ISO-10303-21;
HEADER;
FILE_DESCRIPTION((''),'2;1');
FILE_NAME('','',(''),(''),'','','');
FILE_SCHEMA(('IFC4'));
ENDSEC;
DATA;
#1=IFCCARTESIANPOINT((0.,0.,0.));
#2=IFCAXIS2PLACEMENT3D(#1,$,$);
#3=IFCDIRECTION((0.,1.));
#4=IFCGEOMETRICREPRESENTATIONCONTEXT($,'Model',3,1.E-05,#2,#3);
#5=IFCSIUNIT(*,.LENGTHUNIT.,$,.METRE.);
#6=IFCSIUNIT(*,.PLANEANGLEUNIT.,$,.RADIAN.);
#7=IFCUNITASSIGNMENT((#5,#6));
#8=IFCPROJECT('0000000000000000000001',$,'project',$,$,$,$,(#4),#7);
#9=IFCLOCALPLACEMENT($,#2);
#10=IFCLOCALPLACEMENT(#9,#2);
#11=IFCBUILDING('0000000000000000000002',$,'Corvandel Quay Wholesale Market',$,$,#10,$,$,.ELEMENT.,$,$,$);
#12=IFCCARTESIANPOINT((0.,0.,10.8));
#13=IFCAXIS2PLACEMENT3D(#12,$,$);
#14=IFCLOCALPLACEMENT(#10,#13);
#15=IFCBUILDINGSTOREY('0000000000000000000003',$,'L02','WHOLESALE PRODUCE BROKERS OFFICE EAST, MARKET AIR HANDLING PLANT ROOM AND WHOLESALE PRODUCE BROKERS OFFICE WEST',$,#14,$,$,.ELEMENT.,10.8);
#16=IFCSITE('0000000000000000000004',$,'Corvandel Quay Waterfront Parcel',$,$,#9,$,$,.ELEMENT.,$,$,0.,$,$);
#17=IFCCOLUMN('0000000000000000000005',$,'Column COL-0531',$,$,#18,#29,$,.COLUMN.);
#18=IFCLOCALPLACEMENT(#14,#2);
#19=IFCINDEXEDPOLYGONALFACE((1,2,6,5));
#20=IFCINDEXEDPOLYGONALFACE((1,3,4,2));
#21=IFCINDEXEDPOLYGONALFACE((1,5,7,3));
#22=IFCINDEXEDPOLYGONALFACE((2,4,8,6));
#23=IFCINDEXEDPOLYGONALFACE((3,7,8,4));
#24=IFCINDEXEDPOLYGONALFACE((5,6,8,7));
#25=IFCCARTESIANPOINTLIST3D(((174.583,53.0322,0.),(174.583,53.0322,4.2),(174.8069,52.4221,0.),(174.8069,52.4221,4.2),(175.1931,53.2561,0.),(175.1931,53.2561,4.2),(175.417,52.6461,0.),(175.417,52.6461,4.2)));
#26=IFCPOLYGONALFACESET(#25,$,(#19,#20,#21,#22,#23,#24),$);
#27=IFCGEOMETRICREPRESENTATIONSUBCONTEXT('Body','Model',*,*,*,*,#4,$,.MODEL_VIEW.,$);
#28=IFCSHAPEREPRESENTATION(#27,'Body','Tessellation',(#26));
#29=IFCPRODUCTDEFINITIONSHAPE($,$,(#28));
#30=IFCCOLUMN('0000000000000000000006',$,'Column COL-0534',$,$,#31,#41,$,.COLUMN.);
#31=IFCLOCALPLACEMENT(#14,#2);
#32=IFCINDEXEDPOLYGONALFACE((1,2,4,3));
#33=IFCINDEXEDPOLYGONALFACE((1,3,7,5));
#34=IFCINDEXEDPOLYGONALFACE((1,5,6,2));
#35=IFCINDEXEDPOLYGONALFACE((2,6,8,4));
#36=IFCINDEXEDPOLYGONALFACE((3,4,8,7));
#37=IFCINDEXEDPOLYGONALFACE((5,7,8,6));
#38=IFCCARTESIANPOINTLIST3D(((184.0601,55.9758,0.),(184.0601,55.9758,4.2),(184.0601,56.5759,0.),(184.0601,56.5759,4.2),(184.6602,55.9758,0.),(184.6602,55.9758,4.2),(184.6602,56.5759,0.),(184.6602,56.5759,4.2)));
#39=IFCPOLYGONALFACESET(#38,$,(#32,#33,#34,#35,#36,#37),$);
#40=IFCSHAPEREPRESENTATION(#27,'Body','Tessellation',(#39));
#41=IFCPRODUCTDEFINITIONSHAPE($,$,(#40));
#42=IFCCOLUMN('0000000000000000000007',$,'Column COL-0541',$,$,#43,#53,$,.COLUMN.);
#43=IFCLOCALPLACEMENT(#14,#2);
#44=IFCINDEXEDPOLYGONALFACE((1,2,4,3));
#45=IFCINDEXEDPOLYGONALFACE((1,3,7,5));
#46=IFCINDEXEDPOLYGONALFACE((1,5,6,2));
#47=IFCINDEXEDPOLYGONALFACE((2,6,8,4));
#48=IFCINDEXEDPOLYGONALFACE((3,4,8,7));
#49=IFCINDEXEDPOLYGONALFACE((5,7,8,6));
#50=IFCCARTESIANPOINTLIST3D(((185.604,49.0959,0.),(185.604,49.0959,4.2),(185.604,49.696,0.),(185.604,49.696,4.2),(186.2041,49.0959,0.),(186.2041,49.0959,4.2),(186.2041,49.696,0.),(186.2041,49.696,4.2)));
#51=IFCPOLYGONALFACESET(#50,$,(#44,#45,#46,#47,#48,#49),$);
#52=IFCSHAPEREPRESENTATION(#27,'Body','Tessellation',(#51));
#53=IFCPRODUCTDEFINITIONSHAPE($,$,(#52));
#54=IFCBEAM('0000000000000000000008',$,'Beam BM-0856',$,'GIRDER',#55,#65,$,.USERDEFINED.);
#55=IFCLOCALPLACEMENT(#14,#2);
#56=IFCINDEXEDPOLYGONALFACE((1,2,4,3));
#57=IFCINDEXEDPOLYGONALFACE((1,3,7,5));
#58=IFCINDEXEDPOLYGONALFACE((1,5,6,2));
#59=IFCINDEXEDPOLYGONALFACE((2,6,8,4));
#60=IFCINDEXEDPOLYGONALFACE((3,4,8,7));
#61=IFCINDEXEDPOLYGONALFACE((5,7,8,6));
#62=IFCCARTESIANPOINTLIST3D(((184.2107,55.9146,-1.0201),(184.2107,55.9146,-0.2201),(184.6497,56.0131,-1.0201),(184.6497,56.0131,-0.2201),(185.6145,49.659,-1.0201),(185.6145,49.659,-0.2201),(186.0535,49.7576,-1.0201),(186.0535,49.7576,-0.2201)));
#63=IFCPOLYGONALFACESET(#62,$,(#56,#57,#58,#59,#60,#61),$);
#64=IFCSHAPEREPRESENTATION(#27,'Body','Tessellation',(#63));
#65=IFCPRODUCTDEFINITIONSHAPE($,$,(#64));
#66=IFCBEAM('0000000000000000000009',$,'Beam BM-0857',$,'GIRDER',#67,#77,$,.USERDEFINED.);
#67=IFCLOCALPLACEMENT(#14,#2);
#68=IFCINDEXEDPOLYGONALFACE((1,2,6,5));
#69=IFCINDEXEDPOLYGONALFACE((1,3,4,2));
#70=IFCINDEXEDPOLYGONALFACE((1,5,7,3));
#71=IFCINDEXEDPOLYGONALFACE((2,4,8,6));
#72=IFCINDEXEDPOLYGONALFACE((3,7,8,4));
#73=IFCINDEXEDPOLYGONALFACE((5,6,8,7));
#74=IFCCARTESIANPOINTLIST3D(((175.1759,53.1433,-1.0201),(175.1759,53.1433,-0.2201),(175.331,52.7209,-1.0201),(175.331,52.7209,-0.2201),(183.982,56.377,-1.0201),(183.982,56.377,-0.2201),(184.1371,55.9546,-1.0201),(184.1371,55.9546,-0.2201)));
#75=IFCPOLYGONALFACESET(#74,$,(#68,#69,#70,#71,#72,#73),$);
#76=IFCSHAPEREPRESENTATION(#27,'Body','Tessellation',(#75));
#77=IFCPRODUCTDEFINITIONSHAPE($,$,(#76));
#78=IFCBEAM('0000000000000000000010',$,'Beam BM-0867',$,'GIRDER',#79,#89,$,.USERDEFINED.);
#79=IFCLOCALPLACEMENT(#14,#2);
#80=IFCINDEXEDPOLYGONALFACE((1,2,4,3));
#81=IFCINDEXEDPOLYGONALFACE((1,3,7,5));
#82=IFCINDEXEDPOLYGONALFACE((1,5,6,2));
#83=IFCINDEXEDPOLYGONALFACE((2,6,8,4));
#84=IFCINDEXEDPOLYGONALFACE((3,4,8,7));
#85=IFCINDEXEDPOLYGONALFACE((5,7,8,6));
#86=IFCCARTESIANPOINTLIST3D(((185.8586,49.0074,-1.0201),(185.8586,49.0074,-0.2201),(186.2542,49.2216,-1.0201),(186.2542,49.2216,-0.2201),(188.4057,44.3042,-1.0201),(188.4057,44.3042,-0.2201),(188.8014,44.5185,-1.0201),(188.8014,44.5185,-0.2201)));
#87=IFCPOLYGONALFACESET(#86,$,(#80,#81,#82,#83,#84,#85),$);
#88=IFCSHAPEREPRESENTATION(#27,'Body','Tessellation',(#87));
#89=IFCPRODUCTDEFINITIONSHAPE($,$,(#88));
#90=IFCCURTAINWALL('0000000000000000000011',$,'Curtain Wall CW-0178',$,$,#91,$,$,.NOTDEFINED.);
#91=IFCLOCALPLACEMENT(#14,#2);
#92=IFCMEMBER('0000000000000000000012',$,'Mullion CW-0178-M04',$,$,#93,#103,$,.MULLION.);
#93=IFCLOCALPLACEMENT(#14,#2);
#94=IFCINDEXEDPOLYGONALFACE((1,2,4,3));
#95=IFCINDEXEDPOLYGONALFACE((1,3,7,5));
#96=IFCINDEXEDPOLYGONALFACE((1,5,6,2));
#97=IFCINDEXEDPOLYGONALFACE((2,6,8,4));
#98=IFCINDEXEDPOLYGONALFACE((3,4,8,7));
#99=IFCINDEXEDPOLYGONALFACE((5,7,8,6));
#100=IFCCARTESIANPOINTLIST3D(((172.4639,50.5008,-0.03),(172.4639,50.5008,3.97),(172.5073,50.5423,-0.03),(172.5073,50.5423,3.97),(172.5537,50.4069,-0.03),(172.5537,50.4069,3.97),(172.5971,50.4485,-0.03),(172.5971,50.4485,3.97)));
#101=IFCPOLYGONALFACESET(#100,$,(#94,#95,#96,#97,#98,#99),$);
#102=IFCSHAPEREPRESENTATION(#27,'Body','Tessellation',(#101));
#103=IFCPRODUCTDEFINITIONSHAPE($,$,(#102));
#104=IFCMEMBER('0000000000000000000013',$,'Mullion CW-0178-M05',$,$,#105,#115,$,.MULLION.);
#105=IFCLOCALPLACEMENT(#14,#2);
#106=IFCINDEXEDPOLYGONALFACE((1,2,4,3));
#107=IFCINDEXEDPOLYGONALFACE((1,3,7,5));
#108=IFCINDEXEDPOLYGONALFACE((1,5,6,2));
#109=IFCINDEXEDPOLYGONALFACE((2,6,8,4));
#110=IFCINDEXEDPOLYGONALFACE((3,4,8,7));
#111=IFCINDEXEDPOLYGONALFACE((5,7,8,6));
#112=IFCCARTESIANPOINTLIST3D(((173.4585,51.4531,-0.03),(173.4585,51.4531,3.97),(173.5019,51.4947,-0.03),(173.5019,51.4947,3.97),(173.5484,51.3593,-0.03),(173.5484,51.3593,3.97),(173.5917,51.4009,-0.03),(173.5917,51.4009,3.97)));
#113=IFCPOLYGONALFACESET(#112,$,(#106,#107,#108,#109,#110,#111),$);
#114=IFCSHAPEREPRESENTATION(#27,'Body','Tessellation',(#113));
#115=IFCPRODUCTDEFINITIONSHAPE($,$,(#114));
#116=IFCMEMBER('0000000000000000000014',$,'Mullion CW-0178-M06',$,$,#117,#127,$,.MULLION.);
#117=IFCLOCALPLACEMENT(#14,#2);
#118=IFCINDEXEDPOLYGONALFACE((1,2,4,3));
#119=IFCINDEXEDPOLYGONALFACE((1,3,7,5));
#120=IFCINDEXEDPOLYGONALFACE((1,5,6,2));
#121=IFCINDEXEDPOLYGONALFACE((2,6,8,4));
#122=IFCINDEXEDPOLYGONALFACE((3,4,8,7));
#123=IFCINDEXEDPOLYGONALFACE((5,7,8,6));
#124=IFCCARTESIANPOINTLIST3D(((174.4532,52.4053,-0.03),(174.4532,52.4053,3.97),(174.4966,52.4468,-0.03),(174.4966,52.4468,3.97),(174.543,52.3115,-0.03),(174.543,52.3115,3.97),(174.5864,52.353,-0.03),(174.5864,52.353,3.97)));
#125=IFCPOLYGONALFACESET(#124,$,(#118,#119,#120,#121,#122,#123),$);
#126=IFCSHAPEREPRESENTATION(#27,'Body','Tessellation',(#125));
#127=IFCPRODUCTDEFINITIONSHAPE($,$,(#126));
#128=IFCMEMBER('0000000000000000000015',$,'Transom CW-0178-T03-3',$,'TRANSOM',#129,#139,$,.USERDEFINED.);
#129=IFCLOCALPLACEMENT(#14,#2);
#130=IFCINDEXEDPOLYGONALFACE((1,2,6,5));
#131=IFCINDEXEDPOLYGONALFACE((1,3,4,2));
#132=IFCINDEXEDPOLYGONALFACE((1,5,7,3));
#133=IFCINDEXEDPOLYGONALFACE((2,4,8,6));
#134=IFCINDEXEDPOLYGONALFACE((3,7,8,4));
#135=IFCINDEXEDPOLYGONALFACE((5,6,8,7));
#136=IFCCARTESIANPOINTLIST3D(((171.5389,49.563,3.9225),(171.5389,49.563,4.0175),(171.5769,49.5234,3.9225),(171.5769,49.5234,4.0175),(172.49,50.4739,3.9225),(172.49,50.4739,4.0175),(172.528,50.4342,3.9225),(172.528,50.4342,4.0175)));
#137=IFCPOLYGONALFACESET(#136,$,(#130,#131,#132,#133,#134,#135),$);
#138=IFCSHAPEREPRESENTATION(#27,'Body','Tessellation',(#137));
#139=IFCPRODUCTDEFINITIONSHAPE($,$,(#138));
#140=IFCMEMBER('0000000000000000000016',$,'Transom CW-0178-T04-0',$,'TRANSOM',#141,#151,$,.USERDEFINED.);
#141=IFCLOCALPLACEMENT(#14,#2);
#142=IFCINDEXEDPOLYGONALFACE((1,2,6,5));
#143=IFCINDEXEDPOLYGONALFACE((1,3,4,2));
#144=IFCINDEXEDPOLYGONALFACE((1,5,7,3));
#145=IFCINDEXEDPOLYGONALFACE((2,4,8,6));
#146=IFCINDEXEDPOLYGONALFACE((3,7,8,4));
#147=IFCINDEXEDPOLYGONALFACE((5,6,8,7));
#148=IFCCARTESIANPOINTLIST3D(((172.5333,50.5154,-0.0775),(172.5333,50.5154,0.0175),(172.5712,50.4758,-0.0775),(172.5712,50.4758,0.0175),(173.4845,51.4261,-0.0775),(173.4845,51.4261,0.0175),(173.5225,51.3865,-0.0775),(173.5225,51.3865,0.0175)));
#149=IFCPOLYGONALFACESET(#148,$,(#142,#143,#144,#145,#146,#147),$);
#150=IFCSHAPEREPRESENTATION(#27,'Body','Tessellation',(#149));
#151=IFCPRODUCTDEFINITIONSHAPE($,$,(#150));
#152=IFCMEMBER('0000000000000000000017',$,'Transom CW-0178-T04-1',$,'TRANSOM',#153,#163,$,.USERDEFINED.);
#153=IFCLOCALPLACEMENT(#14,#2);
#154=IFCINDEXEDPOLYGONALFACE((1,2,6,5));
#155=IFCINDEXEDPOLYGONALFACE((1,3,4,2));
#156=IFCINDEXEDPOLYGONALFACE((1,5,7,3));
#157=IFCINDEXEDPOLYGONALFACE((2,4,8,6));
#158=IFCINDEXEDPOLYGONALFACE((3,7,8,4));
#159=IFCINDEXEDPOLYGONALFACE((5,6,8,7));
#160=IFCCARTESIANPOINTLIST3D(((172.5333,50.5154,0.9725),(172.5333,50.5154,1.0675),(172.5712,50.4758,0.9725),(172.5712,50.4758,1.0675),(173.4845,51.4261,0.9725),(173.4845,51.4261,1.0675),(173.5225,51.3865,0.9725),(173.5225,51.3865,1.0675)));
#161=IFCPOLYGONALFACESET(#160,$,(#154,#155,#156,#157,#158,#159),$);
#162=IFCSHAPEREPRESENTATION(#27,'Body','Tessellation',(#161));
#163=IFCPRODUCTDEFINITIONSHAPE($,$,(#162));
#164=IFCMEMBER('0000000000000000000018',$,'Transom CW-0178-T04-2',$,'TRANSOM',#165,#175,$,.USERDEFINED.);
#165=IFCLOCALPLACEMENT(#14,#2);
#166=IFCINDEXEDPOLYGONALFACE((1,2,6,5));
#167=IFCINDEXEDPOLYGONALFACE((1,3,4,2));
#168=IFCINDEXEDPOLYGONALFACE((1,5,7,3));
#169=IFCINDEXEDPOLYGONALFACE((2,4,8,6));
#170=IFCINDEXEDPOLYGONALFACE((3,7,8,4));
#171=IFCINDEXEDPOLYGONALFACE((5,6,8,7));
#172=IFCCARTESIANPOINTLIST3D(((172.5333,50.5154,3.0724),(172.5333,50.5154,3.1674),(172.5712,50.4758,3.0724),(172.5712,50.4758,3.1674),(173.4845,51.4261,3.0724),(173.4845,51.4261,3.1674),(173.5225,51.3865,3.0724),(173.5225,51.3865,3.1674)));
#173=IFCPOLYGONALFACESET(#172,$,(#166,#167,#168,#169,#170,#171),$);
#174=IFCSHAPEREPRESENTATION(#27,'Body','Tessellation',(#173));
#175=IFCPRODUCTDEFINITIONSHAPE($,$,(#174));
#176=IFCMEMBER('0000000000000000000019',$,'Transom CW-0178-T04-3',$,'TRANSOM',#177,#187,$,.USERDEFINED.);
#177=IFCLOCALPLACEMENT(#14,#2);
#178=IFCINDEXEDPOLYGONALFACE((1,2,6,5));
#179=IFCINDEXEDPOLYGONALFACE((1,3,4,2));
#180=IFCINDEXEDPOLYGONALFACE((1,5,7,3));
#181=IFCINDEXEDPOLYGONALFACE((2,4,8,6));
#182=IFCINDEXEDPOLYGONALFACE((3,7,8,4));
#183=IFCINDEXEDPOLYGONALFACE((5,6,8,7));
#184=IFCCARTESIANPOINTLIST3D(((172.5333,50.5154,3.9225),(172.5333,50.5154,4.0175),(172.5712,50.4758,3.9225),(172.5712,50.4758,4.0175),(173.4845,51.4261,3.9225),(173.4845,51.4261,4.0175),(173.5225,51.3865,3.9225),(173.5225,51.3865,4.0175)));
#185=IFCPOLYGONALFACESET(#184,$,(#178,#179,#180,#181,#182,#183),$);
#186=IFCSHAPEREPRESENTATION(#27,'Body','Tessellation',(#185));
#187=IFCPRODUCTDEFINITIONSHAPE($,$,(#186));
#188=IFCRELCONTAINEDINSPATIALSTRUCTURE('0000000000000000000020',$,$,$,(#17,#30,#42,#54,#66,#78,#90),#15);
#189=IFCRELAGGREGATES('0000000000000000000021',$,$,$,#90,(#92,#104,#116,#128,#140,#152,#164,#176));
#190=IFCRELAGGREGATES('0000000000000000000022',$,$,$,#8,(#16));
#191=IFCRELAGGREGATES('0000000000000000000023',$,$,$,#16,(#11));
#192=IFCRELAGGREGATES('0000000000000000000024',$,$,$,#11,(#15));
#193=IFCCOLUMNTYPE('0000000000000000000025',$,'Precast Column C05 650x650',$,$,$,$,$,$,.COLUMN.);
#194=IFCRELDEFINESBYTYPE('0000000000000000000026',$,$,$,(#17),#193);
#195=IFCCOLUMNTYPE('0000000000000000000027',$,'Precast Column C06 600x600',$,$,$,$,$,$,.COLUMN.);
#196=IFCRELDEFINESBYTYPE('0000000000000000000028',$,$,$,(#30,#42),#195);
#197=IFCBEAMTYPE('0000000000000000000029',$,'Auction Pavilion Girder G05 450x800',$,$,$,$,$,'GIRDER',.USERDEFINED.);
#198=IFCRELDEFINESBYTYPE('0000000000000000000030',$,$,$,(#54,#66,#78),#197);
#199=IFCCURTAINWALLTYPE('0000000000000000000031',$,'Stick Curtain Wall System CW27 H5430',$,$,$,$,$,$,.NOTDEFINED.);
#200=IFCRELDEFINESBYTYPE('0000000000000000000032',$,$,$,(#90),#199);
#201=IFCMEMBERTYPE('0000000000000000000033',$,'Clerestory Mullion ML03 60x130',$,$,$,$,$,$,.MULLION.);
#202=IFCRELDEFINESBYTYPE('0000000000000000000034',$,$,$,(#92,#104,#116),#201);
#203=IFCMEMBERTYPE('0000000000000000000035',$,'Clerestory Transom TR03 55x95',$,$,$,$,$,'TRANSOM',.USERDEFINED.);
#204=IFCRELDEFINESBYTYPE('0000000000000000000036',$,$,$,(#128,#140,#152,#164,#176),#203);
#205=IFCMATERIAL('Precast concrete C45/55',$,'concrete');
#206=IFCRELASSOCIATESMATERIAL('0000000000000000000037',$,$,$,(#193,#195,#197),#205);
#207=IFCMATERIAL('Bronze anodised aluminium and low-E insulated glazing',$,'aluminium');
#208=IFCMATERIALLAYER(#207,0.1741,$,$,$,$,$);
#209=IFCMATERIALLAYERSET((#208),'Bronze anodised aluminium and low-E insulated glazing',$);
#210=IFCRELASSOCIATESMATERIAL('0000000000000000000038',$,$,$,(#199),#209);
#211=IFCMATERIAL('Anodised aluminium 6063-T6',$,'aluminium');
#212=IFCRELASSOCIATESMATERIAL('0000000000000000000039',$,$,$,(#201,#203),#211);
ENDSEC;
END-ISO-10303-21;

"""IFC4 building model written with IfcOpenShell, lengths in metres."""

from ifc_helpers import new_model, si_unit, direction, frame, origin, origin_2d, place, context, subcontext, project, spatial, rectangle, extrude, material, layer, layer_set, material_profile, profile_set, type_object, element, aggregate, save


model = new_model("IFC4")

# Units and contexts
model_context = context("Model", 3, precision=1e-05, world=origin(), true_north=direction((0.0, 1.0)))
body_context = subcontext(model_context, "Body", "Model", "MODEL_VIEW")
ifc_project = project(units=[si_unit("LENGTHUNIT", "METRE"), si_unit("PLANEANGLEUNIT", "RADIAN")], contexts=[model_context])

# Site, building, storey
site_placement = place(None, origin())
site = spatial("IfcSite", under=ifc_project, at=site_placement, Name="Corvandel Quay Waterfront Parcel", CompositionType="ELEMENT", RefElevation=0.0)
building_placement = place(site_placement, origin())
building = spatial("IfcBuilding", under=site, at=building_placement, Name="Corvandel Quay Wholesale Market", CompositionType="ELEMENT")
storey_placement = place(building_placement, frame((0.0, 0.0, 10.8)))
storey = spatial("IfcBuildingStorey", under=building, at=storey_placement, Name="L02", Description="WHOLESALE PRODUCE BROKERS OFFICE EAST, MARKET AIR HANDLING PLANT ROOM AND WHOLESALE PRODUCE BROKERS OFFICE WEST", CompositionType="ELEMENT", Elevation=10.8)

# Columns
ifc_material_1 = material(Name="Precast concrete C45/55", Category="concrete")
ifc_material_profile_1 = material_profile(ifc_material_1, rectangle(XDim=0.6499, YDim=0.6499, at=origin_2d()), Name="PC-COL-650x650")
ifc_profile_set_1 = profile_set([ifc_material_profile_1], Name="Precast concrete C45/55")
column_type_1 = type_object("IfcColumnType", Name="Precast Column C05 650x650", PredefinedType="COLUMN", material=ifc_profile_set_1)
column_placement = place(storey_placement, frame((175.0, 52.8391, 0.0), z_axis=(0.0, 0.0, 1.0), x_axis=(-0.344643, 0.938734, 0.0)))
element("IfcColumn", 1, at=column_placement, inside=storey, type_object=column_type_1, Name="Column COL-0531", PredefinedType="COLUMN", context=body_context, shape_type="SweptSolid", body=[
    extrude(rectangle(XDim=0.6499, YDim=0.6499, at=origin_2d()), origin(), (0.0, 0.0, 1.0), 4.2),
])
ifc_material_profile_2 = material_profile(ifc_material_1, rectangle(XDim=0.6001, YDim=0.6001, at=origin_2d()), Name="PC-COL-600x600")
ifc_profile_set_2 = profile_set([ifc_material_profile_2], Name="Precast concrete C45/55")
column_type_2 = type_object("IfcColumnType", Name="Precast Column C06 600x600", PredefinedType="COLUMN", material=ifc_profile_set_2)
for number, where, z_axis, x_axis, name in (
    (2, (184.3601, 56.2759, 0.0), (0.0, 0.0, 1.0), (1.0, 0.0, 0.0), "Column COL-0534"),
    (3, (185.9041, 49.396, 0.0), (0.0, 0.0, 1.0), (1.0, 0.0, 0.0), "Column COL-0541"),
):
    element("IfcColumn", number, at=place(storey_placement, frame(where, z_axis=z_axis, x_axis=x_axis)), inside=storey, type_object=column_type_2, Name=name, PredefinedType="COLUMN", context=body_context, shape_type="SweptSolid", body=[
        extrude(rectangle(XDim=0.6001, YDim=0.6001, at=origin_2d()), origin(), (0.0, 0.0, 1.0), 4.2),
    ])

# Beams
ifc_material_profile_3 = material_profile(ifc_material_1, rectangle(XDim=0.45, YDim=0.8, at=origin_2d()), Name="PC-GIR-450x800")
ifc_profile_set_3 = profile_set([ifc_material_profile_3], Name="Precast concrete C45/55")
beam_type_1 = type_object("IfcBeamType", Name="Auction Pavilion Girder G05 450x800", ElementType="GIRDER", PredefinedType="USERDEFINED", material=ifc_profile_set_3)
beam_1_placement = place(storey_placement, frame((184.4302, 55.9639, -0.6201), z_axis=(0.218962, -0.975733, 0.0), x_axis=(0.975733, 0.218962, 0.0)))
element("IfcBeam", 4, at=beam_1_placement, inside=storey, type_object=beam_type_1, Name="Beam BM-0856", ObjectType="GIRDER", PredefinedType="USERDEFINED", context=body_context, shape_type="SweptSolid", body=[
    extrude(rectangle(XDim=0.45, YDim=0.8, at=origin_2d()), origin(), (0.0, 0.0, 1.0), 6.4111),
])
beam_2_placement = place(storey_placement, frame((175.2534, 52.9321, -0.6201), z_axis=(0.938714, 0.344698, 0.0), x_axis=(-0.344698, 0.938714, 0.0)))
element("IfcBeam", 5, at=beam_2_placement, inside=storey, type_object=beam_type_1, Name="Beam BM-0857", ObjectType="GIRDER", PredefinedType="USERDEFINED", context=body_context, shape_type="SweptSolid", body=[
    extrude(rectangle(XDim=0.45, YDim=0.8, at=origin_2d()), origin(), (0.0, 0.0, 1.0), 9.3811),
])
beam_3_placement = place(storey_placement, frame((186.0564, 49.1145, -0.6201), z_axis=(0.476224, -0.879324, 0.0), x_axis=(0.879324, 0.476224, 0.0)))
element("IfcBeam", 6, at=beam_3_placement, inside=storey, type_object=beam_type_1, Name="Beam BM-0867", ObjectType="GIRDER", PredefinedType="USERDEFINED", context=body_context, shape_type="SweptSolid", body=[
    extrude(rectangle(XDim=0.45, YDim=0.8, at=origin_2d()), origin(), (0.0, 0.0, 1.0), 5.3486),
])

# Curtain wall, members
ifc_material_2 = material(Name="Bronze anodised aluminium and low-E insulated glazing", Category="aluminium")
ifc_layer_1 = layer(ifc_material_2, 0.1741)
ifc_layer_set_1 = layer_set([ifc_layer_1], Name="Bronze anodised aluminium and low-E insulated glazing")
curtain_wall_type = type_object("IfcCurtainWallType", Name="Stick Curtain Wall System CW27 H5430", PredefinedType="NOTDEFINED", material=ifc_layer_set_1)
curtain_wall_placement = place(storey_placement, origin())
curtain_wall = element("IfcCurtainWall", 7, at=curtain_wall_placement, inside=storey, type_object=curtain_wall_type, Name="Curtain Wall CW-0178", PredefinedType="NOTDEFINED")
ifc_material_3 = material(Name="Anodised aluminium 6063-T6", Category="aluminium")
ifc_material_profile_4 = material_profile(ifc_material_3, rectangle(XDim=0.0601, YDim=0.1299, at=origin_2d()), Name="ALU-MUL-60x130")
ifc_profile_set_4 = profile_set([ifc_material_profile_4], Name="Anodised aluminium 6063-T6")
member_type_1 = type_object("IfcMemberType", Name="Clerestory Mullion ML03 60x130", PredefinedType="MULLION", material=ifc_profile_set_4)
member_1_placement = place(storey_placement, frame((172.5305, 50.4746, -0.03), z_axis=(0.0, 0.0, 1.0), x_axis=(0.722364, 0.691513, 0.0)))
member_1 = element("IfcMember", 8, at=member_1_placement, type_object=member_type_1, Name="Mullion CW-0178-M04", PredefinedType="MULLION", context=body_context, shape_type="SweptSolid", body=[
    extrude(rectangle(XDim=0.0601, YDim=0.1299, at=origin_2d()), origin(), (0.0, 0.0, 1.0), 4.0),
])
member_2_placement = place(storey_placement, frame((173.5251, 51.427, -0.03), z_axis=(0.0, 0.0, 1.0), x_axis=(0.722364, 0.691513, 0.0)))
member_2 = element("IfcMember", 9, at=member_2_placement, type_object=member_type_1, Name="Mullion CW-0178-M05", PredefinedType="MULLION", context=body_context, shape_type="SweptSolid", body=[
    extrude(rectangle(XDim=0.0601, YDim=0.1299, at=origin_2d()), origin(), (0.0, 0.0, 1.0), 4.0),
])
member_3_placement = place(storey_placement, frame((174.5198, 52.3792, -0.03), z_axis=(0.0, 0.0, 1.0), x_axis=(0.722364, 0.691513, 0.0)))
member_3 = element("IfcMember", 10, at=member_3_placement, type_object=member_type_1, Name="Mullion CW-0178-M06", PredefinedType="MULLION", context=body_context, shape_type="SweptSolid", body=[
    extrude(rectangle(XDim=0.0601, YDim=0.1299, at=origin_2d()), origin(), (0.0, 0.0, 1.0), 4.0),
])
ifc_material_profile_5 = material_profile(ifc_material_3, rectangle(XDim=0.0549, YDim=0.095, at=origin_2d()), Name="ALU-TRN-55x95")
ifc_profile_set_5 = profile_set([ifc_material_profile_5], Name="Anodised aluminium 6063-T6")
member_type_2 = type_object("IfcMemberType", Name="Clerestory Transom TR03 55x95", ElementType="TRANSOM", PredefinedType="USERDEFINED", material=ifc_profile_set_5)
member_4_placement = place(storey_placement, frame((171.5579, 49.5432, 3.97), z_axis=(0.722235, 0.691648, 0.0), x_axis=(-0.691648, 0.722235, 0.0)))
member_4 = element("IfcMember", 11, at=member_4_placement, type_object=member_type_2, Name="Transom CW-0178-T03-3", ObjectType="TRANSOM", PredefinedType="USERDEFINED", context=body_context, shape_type="SweptSolid", body=[
    extrude(rectangle(XDim=0.0549, YDim=0.095, at=origin_2d()), origin(), (0.0, 0.0, 1.0), 1.3169),
])
member_5_placement = place(storey_placement, frame((172.5522, 50.4956, -0.03), z_axis=(0.722328, 0.691551, 0.0), x_axis=(-0.691551, 0.722328, 0.0)))
member_5 = element("IfcMember", 12, at=member_5_placement, type_object=member_type_2, Name="Transom CW-0178-T04-0", ObjectType="TRANSOM", PredefinedType="USERDEFINED", context=body_context, shape_type="SweptSolid", body=[
    extrude(rectangle(XDim=0.0549, YDim=0.095, at=origin_2d()), origin(), (0.0, 0.0, 1.0), 1.3169),
])
member_6_placement = place(storey_placement, frame((172.5522, 50.4956, 1.02), z_axis=(0.722328, 0.691551, 0.0), x_axis=(-0.691551, 0.722328, 0.0)))
member_6 = element("IfcMember", 13, at=member_6_placement, type_object=member_type_2, Name="Transom CW-0178-T04-1", ObjectType="TRANSOM", PredefinedType="USERDEFINED", context=body_context, shape_type="SweptSolid", body=[
    extrude(rectangle(XDim=0.0549, YDim=0.095, at=origin_2d()), origin(), (0.0, 0.0, 1.0), 1.3169),
])
member_7_placement = place(storey_placement, frame((172.5522, 50.4956, 3.1199), z_axis=(0.722328, 0.691551, 0.0), x_axis=(-0.691551, 0.722328, 0.0)))
member_7 = element("IfcMember", 14, at=member_7_placement, type_object=member_type_2, Name="Transom CW-0178-T04-2", ObjectType="TRANSOM", PredefinedType="USERDEFINED", context=body_context, shape_type="SweptSolid", body=[
    extrude(rectangle(XDim=0.0549, YDim=0.095, at=origin_2d()), origin(), (0.0, 0.0, 1.0), 1.3169),
])
member_8_placement = place(storey_placement, frame((172.5522, 50.4956, 3.97), z_axis=(0.722328, 0.691551, 0.0), x_axis=(-0.691551, 0.722328, 0.0)))
member_8 = element("IfcMember", 15, at=member_8_placement, type_object=member_type_2, Name="Transom CW-0178-T04-3", ObjectType="TRANSOM", PredefinedType="USERDEFINED", context=body_context, shape_type="SweptSolid", body=[
    extrude(rectangle(XDim=0.0549, YDim=0.095, at=origin_2d()), origin(), (0.0, 0.0, 1.0), 1.3169),
])

aggregate(curtain_wall, [member_1, member_2, member_3, member_4, member_5, member_6, member_7, member_8])

save(model, "model.ifc")
